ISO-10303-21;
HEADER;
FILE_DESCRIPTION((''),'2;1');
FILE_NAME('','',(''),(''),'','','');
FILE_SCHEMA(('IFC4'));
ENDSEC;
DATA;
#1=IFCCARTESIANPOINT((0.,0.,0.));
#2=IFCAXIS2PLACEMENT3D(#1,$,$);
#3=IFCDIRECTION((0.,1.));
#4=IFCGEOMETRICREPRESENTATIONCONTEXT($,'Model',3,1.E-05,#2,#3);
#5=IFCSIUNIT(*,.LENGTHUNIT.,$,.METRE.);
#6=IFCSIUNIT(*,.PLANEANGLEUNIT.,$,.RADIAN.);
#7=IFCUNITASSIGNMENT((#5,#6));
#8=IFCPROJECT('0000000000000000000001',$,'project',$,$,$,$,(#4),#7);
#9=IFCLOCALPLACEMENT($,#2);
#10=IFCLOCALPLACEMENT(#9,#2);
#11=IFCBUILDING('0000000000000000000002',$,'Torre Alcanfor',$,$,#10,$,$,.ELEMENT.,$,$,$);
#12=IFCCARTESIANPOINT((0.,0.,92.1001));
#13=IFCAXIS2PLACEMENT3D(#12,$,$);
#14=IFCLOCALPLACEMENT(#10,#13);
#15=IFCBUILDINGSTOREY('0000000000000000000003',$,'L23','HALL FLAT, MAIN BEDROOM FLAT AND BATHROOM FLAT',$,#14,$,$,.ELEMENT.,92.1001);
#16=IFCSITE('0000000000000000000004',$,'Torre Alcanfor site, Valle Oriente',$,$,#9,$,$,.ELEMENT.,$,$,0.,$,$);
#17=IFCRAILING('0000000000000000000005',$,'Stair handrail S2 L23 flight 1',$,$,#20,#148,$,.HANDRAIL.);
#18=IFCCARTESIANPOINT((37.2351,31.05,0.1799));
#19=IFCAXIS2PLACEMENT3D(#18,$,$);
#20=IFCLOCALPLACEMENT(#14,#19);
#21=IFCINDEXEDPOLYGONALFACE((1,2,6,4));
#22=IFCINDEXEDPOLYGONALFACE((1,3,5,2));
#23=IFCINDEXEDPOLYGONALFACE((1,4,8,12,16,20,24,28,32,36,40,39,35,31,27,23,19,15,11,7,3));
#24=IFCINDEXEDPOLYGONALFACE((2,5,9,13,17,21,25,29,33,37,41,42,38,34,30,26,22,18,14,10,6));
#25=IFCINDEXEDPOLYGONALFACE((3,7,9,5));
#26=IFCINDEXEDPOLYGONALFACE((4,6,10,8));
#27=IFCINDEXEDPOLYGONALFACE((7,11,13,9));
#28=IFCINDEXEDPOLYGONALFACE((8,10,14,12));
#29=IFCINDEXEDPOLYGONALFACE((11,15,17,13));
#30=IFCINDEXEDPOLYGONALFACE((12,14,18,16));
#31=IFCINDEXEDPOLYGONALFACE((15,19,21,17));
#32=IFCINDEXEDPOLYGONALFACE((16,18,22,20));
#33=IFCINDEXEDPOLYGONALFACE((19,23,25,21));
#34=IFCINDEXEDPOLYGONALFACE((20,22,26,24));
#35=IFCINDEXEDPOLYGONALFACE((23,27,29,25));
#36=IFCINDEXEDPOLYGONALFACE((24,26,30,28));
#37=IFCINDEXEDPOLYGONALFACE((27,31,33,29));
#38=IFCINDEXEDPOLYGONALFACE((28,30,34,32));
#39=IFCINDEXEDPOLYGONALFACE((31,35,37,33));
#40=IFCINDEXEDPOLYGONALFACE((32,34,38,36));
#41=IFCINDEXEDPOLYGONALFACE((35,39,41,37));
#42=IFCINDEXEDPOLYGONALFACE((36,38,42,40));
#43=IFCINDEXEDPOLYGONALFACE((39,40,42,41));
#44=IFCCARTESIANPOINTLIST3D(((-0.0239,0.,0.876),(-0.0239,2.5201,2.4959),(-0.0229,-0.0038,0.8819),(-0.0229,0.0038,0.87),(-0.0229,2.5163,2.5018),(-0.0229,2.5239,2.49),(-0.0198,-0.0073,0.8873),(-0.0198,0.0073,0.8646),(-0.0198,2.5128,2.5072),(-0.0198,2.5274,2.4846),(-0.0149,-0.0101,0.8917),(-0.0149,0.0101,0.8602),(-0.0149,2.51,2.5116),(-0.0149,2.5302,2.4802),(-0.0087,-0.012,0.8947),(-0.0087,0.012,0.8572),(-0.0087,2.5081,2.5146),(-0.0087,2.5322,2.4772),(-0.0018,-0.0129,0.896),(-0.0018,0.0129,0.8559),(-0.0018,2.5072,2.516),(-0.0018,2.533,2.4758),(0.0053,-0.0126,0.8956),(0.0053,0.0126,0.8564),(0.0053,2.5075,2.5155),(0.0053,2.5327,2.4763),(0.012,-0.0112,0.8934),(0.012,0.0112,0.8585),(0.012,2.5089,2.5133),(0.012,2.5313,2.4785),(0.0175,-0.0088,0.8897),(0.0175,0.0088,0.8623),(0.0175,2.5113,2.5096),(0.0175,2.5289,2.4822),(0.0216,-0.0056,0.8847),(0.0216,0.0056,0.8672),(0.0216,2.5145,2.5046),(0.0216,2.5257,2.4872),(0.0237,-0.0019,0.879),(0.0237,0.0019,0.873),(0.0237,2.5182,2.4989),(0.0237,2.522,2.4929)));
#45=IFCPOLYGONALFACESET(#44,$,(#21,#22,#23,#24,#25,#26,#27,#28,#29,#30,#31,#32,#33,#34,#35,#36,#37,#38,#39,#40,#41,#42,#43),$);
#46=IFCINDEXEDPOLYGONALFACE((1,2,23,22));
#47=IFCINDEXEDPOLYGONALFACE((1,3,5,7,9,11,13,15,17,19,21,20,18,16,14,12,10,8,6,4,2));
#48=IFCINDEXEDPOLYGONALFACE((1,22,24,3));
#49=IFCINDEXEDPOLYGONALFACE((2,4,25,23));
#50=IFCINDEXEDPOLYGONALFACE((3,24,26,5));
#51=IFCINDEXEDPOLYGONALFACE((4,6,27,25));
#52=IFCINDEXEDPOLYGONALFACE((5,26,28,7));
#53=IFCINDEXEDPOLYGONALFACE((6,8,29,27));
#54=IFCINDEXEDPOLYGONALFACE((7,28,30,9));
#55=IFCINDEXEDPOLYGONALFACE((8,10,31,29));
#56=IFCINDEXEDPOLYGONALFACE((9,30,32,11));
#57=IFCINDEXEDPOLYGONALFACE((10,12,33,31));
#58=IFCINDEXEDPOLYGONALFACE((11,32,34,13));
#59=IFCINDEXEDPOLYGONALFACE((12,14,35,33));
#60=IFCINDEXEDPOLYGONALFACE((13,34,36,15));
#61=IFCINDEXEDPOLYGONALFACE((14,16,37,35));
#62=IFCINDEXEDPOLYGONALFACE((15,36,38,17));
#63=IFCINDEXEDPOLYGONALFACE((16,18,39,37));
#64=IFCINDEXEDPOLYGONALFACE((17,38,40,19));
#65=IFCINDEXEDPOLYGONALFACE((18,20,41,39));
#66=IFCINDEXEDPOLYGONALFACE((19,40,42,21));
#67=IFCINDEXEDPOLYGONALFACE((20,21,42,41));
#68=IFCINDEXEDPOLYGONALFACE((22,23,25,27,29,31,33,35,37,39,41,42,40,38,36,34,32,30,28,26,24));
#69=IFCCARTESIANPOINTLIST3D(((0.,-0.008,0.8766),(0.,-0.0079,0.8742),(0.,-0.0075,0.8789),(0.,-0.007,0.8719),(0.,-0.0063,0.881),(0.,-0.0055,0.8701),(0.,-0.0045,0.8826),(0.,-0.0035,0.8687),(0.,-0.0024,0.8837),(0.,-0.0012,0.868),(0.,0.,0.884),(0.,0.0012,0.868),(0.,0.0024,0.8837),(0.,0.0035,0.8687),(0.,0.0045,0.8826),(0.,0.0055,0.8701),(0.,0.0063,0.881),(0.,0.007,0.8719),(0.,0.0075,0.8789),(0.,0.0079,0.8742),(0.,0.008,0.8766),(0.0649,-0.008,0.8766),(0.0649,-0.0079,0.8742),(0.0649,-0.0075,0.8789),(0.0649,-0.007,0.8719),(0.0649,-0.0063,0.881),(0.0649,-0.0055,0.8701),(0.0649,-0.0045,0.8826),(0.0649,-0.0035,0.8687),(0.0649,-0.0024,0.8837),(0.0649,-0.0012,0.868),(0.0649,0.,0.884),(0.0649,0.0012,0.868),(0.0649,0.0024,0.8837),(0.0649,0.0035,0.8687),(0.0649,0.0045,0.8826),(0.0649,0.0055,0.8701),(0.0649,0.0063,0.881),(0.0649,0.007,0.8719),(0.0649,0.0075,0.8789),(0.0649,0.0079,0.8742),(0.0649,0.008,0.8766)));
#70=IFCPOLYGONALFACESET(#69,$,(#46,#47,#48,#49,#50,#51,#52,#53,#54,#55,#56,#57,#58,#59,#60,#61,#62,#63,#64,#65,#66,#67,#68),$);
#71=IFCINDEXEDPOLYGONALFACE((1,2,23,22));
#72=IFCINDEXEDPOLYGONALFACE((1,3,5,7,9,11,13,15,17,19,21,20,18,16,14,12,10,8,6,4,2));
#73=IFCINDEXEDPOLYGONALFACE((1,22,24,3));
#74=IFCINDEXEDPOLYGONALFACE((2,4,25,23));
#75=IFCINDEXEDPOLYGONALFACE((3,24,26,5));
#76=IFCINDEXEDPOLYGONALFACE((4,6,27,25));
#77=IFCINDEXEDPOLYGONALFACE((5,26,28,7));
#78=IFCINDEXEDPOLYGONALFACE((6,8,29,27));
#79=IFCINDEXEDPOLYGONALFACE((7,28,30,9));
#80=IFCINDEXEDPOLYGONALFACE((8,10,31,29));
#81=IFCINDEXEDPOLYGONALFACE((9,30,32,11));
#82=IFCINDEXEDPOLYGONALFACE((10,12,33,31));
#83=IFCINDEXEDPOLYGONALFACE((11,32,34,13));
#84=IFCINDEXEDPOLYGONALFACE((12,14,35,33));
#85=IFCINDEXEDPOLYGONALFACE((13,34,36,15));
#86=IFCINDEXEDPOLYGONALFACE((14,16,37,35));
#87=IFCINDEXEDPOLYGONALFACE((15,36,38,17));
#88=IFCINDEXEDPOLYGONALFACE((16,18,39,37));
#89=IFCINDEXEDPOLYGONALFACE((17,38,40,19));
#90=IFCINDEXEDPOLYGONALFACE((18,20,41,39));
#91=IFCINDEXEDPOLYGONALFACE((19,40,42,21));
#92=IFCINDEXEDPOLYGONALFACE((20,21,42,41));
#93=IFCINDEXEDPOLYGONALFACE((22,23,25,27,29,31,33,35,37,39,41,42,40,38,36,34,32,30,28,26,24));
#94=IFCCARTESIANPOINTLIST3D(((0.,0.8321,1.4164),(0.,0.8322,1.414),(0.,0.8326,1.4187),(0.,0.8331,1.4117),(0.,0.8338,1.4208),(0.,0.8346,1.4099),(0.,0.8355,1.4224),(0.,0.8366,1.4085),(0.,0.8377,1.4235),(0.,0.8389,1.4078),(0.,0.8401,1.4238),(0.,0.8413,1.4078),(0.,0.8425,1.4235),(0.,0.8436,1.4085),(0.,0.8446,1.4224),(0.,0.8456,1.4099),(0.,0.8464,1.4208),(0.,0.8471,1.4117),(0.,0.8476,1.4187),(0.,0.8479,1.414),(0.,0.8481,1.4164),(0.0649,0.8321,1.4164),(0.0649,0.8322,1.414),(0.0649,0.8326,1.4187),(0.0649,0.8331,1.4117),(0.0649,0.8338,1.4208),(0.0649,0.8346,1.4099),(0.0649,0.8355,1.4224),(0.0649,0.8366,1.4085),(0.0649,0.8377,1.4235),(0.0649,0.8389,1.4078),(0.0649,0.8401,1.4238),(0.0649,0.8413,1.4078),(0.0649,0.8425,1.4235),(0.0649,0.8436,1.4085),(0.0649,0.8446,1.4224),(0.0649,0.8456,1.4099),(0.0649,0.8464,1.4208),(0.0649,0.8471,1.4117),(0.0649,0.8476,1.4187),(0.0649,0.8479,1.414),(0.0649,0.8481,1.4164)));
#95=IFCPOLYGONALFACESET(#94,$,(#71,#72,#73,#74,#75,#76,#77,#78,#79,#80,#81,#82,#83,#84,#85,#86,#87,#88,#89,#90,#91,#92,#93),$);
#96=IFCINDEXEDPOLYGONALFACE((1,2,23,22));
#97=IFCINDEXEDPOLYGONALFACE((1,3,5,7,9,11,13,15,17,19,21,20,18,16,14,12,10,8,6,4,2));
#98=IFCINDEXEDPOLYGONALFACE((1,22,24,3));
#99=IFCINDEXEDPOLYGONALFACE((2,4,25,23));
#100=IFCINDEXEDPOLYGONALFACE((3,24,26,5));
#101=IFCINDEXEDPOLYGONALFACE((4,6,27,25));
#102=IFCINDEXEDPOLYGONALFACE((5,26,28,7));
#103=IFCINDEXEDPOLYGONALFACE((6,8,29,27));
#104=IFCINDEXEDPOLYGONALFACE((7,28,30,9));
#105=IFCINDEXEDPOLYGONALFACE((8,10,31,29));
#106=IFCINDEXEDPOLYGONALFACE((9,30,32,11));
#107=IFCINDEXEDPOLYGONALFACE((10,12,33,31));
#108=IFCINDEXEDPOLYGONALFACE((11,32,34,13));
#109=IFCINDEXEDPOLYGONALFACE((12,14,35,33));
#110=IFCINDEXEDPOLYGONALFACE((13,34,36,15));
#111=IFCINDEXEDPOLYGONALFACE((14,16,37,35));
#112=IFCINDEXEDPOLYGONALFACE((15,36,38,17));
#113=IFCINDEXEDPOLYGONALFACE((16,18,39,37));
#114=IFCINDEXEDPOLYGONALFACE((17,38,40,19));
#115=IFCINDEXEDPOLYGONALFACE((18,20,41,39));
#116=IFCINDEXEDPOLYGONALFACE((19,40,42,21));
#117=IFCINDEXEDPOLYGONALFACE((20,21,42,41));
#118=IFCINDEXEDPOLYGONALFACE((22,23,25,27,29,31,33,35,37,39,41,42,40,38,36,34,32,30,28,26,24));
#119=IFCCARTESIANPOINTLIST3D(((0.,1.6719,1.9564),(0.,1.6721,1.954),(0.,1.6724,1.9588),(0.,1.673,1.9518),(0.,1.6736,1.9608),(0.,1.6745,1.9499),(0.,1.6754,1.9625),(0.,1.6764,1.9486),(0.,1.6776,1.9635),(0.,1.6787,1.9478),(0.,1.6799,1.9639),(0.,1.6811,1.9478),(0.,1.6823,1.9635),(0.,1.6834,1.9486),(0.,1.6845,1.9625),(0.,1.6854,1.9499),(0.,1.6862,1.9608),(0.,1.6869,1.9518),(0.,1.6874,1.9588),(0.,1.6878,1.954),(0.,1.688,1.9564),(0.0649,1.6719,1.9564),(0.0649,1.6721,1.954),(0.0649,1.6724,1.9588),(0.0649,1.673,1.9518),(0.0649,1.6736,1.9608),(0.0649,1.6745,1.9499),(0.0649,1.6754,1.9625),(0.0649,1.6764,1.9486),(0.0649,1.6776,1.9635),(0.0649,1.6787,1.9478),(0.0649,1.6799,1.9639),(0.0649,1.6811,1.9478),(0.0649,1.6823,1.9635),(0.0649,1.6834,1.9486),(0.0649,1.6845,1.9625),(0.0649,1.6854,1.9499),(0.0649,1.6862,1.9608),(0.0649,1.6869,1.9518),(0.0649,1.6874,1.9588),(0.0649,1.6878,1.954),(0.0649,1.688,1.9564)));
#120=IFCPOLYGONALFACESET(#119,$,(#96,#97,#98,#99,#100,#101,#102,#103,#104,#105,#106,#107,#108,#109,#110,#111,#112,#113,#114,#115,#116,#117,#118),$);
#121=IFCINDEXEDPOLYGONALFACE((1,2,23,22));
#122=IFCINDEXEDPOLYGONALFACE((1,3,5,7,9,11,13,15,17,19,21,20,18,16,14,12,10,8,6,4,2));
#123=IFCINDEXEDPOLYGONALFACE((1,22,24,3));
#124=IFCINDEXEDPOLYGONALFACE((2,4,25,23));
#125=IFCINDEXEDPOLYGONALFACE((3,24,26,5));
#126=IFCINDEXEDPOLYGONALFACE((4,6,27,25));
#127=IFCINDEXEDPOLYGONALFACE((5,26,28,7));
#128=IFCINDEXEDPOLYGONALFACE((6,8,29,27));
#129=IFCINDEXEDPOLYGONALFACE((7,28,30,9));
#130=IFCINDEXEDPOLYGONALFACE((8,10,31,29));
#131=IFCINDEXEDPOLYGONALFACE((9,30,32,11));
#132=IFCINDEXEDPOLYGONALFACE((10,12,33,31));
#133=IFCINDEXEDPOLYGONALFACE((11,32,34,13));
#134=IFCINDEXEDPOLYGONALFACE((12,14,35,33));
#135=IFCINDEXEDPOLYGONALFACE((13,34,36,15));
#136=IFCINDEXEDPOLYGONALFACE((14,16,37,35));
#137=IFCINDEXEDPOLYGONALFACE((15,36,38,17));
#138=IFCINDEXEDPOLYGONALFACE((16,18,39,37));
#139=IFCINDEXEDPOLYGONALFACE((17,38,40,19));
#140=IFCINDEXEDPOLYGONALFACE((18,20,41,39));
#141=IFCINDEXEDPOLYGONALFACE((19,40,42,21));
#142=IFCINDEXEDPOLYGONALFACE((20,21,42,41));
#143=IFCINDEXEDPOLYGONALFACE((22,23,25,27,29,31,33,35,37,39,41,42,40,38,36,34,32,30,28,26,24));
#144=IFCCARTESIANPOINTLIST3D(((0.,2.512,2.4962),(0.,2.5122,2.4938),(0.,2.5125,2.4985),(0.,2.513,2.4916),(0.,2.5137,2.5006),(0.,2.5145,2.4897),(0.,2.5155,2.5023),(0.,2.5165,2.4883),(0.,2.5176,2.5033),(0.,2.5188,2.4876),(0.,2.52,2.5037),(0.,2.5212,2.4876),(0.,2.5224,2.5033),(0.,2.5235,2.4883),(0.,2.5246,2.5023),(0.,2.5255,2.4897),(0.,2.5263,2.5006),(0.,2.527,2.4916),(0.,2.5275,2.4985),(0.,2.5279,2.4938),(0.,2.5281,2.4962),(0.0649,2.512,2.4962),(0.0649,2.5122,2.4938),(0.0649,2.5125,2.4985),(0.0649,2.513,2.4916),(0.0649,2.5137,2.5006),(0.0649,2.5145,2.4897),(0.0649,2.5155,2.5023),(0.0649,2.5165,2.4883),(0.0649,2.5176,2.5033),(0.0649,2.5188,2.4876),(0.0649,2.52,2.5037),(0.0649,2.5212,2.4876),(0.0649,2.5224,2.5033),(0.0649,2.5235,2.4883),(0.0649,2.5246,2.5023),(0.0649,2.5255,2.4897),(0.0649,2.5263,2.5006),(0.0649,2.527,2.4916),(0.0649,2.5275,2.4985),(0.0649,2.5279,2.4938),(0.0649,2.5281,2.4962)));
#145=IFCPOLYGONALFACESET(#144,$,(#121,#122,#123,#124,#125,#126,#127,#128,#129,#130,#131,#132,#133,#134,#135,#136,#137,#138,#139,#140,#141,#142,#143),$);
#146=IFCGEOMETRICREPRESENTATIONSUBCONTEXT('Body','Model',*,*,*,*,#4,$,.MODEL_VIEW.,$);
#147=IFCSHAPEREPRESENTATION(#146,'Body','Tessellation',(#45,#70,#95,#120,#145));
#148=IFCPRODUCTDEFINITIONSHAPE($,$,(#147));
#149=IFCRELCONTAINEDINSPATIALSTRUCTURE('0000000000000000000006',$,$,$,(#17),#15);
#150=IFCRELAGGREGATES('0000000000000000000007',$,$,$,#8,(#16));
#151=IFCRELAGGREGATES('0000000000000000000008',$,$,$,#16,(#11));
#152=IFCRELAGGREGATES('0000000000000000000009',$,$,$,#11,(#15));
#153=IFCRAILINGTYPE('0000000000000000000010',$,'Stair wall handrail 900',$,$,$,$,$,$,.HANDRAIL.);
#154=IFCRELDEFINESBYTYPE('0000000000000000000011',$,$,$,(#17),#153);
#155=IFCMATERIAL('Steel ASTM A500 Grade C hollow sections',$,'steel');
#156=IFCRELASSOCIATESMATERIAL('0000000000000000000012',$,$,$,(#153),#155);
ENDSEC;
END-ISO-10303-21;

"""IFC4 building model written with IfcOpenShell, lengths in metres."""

from ifc_helpers import new_model, si_unit, direction, frame, origin, origin_2d, place, context, subcontext, project, spatial, circle, extrude, material, type_object, element, save


model = new_model("IFC4")

# Units and contexts
model_context = context("Model", 3, precision=1e-05, world=origin(), true_north=direction((0.0, 1.0)))
body_context = subcontext(model_context, "Body", "Model", "MODEL_VIEW")
ifc_project = project(units=[si_unit("LENGTHUNIT", "METRE"), si_unit("PLANEANGLEUNIT", "RADIAN")], contexts=[model_context])

# Site, building, storey
site_placement = place(None, origin())
site = spatial("IfcSite", under=ifc_project, at=site_placement, Name="Torre Alcanfor site, Valle Oriente", CompositionType="ELEMENT", RefElevation=0.0)
building_placement = place(site_placement, origin())
building = spatial("IfcBuilding", under=site, at=building_placement, Name="Torre Alcanfor", CompositionType="ELEMENT")
storey_placement = place(building_placement, frame((0.0, 0.0, 92.1001)))
storey = spatial("IfcBuildingStorey", under=building, at=storey_placement, Name="L23", Description="HALL FLAT, MAIN BEDROOM FLAT AND BATHROOM FLAT", CompositionType="ELEMENT", Elevation=92.1001)

# Railing
ifc_material_1 = material(Name="Steel ASTM A500 Grade C hollow sections", Category="steel")
railing_type_1 = type_object("IfcRailingType", Name="Stair wall handrail 900", PredefinedType="HANDRAIL", material=ifc_material_1)
railing_1_placement = place(storey_placement, frame((37.2351, 31.05, 0.1799)))
element("IfcRailing", 1, at=railing_1_placement, inside=storey, type_object=railing_type_1, Name="Stair handrail S2 L23 flight 1", PredefinedType="HANDRAIL", context=body_context, shape_type="SweptSolid", body=[
    extrude(circle(Radius=0.0239, at=origin_2d()), frame((0.0, 0.0, 0.876), z_axis=(0.0, 0.8412, 0.540725), x_axis=(-1.0, 0.0, 0.0)), (0.0, 0.0, 1.0), 2.9958),
    extrude(circle(Radius=0.0081, at=origin_2d()), frame((0.0, 0.0, 0.876), z_axis=(1.0, 0.0, 0.0), x_axis=(0.0, 0.0, 1.0)), (0.0, 0.0, 1.0), 0.0649),
    extrude(circle(Radius=0.0081, at=origin_2d()), frame((0.0, 0.8401, 1.4158), z_axis=(1.0, 0.0, 0.0), x_axis=(0.0, 0.0, 1.0)), (0.0, 0.0, 1.0), 0.0649),
    extrude(circle(Radius=0.0081, at=origin_2d()), frame((0.0, 1.6799, 1.9558), z_axis=(1.0, 0.0, 0.0), x_axis=(0.0, 0.0, 1.0)), (0.0, 0.0, 1.0), 0.0649),
    extrude(circle(Radius=0.0081, at=origin_2d()), frame((0.0, 2.52, 2.4956), z_axis=(1.0, 0.0, 0.0), x_axis=(0.0, 0.0, 1.0)), (0.0, 0.0, 1.0), 0.0649),
])

save(model, "model.ifc")
